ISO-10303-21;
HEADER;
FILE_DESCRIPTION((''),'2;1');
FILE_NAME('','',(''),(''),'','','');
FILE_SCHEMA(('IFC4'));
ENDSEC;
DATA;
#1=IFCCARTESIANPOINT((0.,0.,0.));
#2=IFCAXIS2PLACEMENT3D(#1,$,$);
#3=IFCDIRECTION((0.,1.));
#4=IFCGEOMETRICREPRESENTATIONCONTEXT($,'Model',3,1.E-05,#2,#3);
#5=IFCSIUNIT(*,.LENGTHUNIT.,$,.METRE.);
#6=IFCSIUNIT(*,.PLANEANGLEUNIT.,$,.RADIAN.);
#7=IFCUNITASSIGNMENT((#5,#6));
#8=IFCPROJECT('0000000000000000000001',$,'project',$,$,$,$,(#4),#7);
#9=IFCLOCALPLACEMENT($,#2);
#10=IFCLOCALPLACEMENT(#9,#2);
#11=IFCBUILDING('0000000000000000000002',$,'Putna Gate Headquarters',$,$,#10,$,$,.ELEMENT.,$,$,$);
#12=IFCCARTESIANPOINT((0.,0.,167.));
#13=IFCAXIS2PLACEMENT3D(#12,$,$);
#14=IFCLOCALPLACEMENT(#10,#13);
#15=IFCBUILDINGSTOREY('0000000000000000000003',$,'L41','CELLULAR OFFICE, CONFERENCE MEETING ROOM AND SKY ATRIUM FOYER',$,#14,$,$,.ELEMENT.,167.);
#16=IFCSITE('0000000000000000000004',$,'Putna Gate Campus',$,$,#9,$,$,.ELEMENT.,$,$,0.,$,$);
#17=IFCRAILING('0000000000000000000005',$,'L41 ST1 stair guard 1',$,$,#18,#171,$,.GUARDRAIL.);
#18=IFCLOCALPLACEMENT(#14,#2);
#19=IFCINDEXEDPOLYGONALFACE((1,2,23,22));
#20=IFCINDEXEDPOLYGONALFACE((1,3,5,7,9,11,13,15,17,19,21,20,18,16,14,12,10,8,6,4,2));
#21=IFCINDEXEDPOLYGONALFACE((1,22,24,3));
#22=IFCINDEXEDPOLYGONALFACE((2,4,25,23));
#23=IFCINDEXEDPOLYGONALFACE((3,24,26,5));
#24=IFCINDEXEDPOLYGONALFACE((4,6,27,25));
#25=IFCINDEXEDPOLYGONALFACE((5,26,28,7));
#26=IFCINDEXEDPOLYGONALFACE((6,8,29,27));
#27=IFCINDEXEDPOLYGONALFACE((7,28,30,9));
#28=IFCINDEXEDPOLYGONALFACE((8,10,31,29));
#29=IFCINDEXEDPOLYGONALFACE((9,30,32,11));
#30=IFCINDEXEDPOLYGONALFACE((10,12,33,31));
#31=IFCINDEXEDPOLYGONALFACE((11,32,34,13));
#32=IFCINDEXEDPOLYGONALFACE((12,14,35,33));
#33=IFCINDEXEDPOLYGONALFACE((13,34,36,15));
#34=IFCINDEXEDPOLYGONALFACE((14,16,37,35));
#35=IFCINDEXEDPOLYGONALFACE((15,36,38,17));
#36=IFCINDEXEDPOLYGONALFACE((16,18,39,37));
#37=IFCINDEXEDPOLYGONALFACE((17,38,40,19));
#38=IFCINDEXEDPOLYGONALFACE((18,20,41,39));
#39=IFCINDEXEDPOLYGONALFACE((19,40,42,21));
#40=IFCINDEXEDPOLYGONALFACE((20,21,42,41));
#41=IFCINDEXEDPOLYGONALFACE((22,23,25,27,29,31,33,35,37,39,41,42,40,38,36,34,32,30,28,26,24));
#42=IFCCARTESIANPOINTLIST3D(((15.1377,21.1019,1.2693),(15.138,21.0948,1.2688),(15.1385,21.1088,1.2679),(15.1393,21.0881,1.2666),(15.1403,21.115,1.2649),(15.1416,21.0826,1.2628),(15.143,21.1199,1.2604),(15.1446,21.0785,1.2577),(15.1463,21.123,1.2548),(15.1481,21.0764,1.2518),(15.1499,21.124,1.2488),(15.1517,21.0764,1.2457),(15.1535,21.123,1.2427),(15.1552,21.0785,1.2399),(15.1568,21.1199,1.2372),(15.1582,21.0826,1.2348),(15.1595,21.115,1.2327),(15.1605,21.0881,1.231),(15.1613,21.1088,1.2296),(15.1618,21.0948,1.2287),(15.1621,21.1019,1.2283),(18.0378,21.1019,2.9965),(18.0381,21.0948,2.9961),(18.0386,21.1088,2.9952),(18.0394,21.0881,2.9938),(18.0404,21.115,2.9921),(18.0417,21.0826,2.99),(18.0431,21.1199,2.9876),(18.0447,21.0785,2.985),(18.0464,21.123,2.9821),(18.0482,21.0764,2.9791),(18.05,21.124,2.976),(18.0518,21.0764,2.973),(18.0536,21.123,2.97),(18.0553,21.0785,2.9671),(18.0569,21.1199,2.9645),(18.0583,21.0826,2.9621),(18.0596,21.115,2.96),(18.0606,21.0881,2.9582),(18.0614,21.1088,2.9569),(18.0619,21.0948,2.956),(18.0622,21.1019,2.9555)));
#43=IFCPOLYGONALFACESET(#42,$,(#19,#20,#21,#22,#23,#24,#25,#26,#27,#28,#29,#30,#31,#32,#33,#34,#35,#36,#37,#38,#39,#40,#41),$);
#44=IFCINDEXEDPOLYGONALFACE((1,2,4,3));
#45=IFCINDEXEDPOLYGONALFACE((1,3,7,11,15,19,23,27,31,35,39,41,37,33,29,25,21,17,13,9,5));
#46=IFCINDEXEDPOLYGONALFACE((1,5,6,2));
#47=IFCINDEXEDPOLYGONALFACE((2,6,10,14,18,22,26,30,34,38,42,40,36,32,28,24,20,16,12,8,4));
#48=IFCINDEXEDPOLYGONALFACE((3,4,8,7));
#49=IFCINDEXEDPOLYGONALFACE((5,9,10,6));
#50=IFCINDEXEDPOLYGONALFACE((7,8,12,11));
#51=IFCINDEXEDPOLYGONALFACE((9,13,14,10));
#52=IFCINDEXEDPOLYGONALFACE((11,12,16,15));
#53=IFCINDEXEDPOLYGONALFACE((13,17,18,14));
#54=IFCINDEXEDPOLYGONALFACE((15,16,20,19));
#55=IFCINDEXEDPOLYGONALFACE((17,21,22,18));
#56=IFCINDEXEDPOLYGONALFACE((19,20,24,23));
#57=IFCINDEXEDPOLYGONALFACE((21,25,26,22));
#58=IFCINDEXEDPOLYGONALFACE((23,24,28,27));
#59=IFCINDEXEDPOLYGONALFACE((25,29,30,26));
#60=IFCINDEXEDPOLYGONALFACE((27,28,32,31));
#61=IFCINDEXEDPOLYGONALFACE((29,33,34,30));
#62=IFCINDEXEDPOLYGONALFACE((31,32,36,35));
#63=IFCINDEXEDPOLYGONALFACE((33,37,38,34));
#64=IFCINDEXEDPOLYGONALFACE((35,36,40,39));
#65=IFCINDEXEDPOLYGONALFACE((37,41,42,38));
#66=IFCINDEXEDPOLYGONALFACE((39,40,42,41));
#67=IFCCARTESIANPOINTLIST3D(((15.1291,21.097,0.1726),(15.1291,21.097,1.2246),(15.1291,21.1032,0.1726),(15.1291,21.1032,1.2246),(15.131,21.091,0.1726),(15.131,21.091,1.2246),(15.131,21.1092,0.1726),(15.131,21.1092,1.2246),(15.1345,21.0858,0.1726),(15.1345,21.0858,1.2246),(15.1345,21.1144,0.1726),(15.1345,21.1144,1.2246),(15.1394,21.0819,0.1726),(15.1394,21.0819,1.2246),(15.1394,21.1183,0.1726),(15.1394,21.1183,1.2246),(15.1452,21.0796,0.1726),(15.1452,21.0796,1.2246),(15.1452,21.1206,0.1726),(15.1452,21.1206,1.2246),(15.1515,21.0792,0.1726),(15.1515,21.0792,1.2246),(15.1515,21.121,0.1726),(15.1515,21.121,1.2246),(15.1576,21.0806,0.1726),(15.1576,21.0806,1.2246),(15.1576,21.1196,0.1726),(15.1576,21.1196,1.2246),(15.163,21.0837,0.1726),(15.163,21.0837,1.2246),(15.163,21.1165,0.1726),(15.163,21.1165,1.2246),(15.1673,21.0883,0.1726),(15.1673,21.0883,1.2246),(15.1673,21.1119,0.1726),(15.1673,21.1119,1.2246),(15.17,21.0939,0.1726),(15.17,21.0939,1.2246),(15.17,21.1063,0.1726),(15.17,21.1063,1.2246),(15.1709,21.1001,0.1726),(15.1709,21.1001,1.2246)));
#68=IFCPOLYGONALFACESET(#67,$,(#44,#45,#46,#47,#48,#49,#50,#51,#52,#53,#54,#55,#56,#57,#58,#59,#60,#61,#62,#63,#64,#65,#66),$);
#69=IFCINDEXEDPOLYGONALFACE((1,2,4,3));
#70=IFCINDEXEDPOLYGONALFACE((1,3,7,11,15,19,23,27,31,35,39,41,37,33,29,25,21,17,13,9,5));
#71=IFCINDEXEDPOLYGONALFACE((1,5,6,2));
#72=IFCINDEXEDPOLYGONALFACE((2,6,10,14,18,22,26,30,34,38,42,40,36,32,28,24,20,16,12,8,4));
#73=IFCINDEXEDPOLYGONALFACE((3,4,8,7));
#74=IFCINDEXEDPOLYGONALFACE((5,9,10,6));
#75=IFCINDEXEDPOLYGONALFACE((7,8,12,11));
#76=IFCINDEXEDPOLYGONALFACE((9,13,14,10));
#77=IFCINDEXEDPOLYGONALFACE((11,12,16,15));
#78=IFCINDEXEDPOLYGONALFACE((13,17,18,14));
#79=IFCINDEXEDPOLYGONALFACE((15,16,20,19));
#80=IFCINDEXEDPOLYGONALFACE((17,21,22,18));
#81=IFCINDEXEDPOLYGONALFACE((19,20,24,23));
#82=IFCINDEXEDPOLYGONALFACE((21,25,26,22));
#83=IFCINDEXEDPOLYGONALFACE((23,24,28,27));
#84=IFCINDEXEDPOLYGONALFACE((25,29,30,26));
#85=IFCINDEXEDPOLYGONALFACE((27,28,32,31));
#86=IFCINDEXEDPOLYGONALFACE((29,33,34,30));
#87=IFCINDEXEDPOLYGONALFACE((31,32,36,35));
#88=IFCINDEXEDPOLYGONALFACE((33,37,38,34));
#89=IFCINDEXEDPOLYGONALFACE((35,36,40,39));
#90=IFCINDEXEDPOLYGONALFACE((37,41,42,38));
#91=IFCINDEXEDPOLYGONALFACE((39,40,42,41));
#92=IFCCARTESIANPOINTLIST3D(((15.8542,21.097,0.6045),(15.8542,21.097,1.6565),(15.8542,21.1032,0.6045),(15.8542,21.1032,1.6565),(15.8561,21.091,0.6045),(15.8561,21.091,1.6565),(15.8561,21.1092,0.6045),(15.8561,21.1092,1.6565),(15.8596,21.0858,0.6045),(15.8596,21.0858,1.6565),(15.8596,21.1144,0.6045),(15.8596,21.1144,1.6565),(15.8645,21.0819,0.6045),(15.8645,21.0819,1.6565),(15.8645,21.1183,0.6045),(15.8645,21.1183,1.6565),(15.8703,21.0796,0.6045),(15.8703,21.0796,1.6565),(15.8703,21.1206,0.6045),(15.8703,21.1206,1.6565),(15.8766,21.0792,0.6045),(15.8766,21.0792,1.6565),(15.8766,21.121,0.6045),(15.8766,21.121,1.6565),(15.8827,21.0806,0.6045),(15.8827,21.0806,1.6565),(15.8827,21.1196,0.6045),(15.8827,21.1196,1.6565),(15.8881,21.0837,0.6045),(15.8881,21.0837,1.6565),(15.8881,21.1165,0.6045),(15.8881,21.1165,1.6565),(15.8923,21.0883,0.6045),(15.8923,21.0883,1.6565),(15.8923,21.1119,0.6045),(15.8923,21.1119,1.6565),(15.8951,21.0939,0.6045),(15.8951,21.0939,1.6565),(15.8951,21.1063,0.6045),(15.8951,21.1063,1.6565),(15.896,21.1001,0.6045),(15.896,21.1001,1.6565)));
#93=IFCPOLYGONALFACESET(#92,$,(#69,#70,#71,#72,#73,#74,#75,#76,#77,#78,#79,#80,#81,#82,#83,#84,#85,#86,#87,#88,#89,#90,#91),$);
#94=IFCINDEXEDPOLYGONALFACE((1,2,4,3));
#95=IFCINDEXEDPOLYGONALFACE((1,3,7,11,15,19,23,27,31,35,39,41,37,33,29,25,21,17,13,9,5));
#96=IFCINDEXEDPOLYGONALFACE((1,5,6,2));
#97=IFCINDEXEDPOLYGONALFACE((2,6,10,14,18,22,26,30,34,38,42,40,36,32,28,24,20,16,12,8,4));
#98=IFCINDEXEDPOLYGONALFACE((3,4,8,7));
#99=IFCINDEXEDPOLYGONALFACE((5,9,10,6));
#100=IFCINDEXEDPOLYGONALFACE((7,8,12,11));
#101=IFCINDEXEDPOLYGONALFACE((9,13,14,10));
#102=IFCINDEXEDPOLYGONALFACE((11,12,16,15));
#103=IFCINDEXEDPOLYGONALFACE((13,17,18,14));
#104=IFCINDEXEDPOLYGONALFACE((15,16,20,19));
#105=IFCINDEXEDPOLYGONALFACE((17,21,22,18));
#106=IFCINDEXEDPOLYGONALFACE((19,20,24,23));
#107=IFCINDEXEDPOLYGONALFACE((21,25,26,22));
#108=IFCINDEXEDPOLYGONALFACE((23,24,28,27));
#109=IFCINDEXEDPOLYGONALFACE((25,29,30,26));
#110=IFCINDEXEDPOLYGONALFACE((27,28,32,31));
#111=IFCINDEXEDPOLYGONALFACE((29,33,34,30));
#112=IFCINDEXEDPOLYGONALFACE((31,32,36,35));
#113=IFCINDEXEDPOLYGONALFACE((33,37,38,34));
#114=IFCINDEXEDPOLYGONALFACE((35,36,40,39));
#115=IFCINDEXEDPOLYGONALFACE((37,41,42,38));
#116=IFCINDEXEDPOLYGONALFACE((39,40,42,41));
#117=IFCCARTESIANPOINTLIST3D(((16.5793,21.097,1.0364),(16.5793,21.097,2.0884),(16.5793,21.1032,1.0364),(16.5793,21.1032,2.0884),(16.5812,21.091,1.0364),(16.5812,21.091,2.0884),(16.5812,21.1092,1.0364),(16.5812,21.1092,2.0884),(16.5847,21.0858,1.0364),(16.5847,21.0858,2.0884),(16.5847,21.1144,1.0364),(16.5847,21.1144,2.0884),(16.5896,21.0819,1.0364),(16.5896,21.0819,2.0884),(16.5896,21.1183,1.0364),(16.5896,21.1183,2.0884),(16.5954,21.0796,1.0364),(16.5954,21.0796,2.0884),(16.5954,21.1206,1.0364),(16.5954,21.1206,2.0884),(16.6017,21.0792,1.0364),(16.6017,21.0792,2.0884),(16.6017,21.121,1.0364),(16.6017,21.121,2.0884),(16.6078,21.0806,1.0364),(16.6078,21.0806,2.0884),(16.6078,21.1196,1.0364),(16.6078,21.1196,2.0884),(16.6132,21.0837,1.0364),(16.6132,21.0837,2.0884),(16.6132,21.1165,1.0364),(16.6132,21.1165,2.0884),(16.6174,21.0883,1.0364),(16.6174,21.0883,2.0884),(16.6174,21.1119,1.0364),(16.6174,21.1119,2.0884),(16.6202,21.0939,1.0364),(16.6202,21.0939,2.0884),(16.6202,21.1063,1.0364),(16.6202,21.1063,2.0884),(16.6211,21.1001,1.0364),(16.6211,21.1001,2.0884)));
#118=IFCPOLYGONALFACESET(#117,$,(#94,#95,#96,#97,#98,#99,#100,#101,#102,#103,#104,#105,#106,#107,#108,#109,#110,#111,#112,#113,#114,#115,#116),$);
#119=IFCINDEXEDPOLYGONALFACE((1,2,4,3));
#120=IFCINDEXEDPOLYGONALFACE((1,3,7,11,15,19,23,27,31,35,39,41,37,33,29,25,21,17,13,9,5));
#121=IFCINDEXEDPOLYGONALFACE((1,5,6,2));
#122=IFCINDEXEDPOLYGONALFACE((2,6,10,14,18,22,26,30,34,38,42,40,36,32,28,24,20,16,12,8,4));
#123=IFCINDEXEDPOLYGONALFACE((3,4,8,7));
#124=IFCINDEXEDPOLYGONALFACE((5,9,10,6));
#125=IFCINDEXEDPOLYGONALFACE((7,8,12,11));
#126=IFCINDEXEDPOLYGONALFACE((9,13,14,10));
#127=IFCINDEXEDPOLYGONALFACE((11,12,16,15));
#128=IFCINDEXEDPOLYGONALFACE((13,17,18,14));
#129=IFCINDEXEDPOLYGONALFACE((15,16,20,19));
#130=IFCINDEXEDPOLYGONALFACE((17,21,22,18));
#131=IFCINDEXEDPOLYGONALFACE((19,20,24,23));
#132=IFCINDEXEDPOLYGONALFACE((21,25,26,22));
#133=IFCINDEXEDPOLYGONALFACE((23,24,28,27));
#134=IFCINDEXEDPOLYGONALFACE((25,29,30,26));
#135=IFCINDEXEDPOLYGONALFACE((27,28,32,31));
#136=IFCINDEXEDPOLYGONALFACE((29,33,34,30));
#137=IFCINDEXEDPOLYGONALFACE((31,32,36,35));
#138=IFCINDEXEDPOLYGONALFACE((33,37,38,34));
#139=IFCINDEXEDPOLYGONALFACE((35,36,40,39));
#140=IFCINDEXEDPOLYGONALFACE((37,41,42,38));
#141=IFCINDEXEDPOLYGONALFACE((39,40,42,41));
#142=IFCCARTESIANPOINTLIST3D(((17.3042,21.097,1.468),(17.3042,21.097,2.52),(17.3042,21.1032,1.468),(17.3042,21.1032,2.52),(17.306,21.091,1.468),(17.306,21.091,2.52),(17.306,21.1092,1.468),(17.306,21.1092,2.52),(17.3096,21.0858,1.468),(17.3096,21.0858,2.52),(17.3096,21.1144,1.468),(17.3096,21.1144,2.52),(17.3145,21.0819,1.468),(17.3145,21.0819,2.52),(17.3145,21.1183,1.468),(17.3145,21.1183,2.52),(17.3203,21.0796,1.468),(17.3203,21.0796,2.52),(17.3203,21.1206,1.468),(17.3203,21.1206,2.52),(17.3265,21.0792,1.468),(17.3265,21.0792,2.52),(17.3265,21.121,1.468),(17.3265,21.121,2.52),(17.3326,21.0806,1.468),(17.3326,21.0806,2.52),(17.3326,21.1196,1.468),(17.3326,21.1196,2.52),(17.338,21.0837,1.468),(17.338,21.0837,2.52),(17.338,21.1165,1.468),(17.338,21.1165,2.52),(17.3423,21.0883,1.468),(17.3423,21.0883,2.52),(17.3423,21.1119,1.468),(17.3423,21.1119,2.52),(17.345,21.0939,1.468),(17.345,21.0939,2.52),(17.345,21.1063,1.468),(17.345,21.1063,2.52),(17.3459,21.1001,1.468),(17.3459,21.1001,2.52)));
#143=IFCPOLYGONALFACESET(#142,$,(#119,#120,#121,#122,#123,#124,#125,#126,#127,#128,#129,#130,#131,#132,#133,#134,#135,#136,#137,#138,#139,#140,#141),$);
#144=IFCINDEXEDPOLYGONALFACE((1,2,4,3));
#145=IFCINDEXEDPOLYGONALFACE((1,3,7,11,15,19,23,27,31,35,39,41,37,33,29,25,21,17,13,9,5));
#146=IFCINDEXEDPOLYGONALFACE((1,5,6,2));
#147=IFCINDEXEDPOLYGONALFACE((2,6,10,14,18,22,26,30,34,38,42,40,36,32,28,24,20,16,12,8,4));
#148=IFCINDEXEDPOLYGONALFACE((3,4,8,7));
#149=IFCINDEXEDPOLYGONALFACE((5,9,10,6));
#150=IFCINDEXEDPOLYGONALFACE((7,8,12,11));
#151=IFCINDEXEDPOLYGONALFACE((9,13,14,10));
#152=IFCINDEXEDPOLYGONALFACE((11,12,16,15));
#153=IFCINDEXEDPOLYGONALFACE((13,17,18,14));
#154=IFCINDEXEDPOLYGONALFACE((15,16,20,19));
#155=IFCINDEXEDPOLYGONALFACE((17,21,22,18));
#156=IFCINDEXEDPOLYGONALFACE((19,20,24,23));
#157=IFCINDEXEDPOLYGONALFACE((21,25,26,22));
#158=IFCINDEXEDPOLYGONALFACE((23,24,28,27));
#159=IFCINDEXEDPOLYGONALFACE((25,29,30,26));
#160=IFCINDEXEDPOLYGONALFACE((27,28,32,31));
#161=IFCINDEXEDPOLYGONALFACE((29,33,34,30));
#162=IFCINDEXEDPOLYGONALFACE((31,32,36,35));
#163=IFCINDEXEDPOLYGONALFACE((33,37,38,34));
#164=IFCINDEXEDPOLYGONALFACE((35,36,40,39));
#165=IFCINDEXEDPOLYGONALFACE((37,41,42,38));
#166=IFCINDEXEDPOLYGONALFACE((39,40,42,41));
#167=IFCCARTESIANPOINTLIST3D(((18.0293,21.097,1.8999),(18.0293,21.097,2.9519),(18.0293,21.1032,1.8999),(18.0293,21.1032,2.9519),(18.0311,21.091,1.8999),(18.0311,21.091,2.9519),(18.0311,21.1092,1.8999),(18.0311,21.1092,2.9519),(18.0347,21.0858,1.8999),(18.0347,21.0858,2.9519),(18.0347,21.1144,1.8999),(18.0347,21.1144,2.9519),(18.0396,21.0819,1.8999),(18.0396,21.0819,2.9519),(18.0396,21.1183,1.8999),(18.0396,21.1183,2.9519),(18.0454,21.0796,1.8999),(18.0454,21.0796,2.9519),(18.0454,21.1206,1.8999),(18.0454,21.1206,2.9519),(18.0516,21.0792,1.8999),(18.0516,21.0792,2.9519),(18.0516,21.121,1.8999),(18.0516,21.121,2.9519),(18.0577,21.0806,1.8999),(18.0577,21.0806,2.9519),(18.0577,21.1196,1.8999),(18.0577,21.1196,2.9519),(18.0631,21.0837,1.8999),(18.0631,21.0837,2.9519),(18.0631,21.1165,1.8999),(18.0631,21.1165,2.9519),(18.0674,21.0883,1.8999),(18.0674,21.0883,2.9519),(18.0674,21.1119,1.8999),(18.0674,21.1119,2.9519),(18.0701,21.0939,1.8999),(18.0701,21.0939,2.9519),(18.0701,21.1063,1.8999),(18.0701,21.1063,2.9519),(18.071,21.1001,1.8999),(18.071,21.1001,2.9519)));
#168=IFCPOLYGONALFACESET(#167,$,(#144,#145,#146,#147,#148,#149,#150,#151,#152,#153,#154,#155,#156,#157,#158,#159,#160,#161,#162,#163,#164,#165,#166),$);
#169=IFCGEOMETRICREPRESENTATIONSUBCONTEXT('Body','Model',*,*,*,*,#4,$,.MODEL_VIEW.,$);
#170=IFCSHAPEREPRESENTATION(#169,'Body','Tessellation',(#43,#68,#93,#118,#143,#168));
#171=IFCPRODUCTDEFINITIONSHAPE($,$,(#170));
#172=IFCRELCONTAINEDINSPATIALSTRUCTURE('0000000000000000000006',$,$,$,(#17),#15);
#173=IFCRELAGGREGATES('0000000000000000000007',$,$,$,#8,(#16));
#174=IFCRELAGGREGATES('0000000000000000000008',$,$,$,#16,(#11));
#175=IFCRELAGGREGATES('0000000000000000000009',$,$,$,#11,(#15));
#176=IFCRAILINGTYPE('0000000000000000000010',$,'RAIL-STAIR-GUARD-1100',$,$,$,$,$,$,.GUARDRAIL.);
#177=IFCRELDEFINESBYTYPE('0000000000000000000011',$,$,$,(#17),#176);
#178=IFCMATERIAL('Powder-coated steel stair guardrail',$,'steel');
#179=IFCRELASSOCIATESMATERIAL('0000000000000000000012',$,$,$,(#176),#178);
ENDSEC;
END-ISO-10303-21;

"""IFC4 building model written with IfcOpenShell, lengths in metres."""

from ifc_helpers import new_model, si_unit, direction, frame, origin, origin_2d, place, context, subcontext, project, spatial, circle, extrude, material, type_object, element, save


model = new_model("IFC4")

# Units and contexts
model_context = context("Model", 3, precision=1e-05, world=origin(), true_north=direction((0.0, 1.0)))
body_context = subcontext(model_context, "Body", "Model", "MODEL_VIEW")
ifc_project = project(units=[si_unit("LENGTHUNIT", "METRE"), si_unit("PLANEANGLEUNIT", "RADIAN")], contexts=[model_context])

# Site, building, storey
site_placement = place(None, origin())
site = spatial("IfcSite", under=ifc_project, at=site_placement, Name="Putna Gate Campus", CompositionType="ELEMENT", RefElevation=0.0)
building_placement = place(site_placement, origin())
building = spatial("IfcBuilding", under=site, at=building_placement, Name="Putna Gate Headquarters", CompositionType="ELEMENT")
storey_placement = place(building_placement, frame((0.0, 0.0, 167.0)))
storey = spatial("IfcBuildingStorey", under=building, at=storey_placement, Name="L41", Description="CELLULAR OFFICE, CONFERENCE MEETING ROOM AND SKY ATRIUM FOYER", CompositionType="ELEMENT", Elevation=167.0)

# Railing
ifc_material_1 = material(Name="Powder-coated steel stair guardrail", Category="steel")
railing_type_1 = type_object("IfcRailingType", Name="RAIL-STAIR-GUARD-1100", PredefinedType="GUARDRAIL", material=ifc_material_1)
railing_1_placement = place(storey_placement, frame((15.1499, 21.1001, 0.1726)))
element("IfcRailing", 1, at=railing_1_placement, inside=storey, type_object=railing_type_1, Name="L41 ST1 stair guard 1", PredefinedType="GUARDRAIL", context=body_context, shape_type="SweptSolid", body=[
    extrude(circle(Radius=0.0239, at=origin_2d()), frame((0.0, 0.0, 1.0762), z_axis=(0.85916, 0.0, 0.511706), x_axis=(0.0, 1.0, 0.0)), (0.0, 0.0, 1.0), 3.3755),
    extrude(circle(Radius=0.021, at=origin_2d()), origin(), (0.0, 0.0, 1.0), 1.052),
    extrude(circle(Radius=0.021, at=origin_2d()), frame((0.7251, 0.0, 0.4319)), (0.0, 0.0, 1.0), 1.052),
    extrude(circle(Radius=0.021, at=origin_2d()), frame((1.4502, 0.0, 0.8638)), (0.0, 0.0, 1.0), 1.052),
    extrude(circle(Radius=0.021, at=origin_2d()), frame((2.175, 0.0, 1.2954)), (0.0, 0.0, 1.0), 1.052),
    extrude(circle(Radius=0.021, at=origin_2d()), frame((2.9001, 0.0, 1.7273)), (0.0, 0.0, 1.0), 1.052),
])

save(model, "model.ifc")
